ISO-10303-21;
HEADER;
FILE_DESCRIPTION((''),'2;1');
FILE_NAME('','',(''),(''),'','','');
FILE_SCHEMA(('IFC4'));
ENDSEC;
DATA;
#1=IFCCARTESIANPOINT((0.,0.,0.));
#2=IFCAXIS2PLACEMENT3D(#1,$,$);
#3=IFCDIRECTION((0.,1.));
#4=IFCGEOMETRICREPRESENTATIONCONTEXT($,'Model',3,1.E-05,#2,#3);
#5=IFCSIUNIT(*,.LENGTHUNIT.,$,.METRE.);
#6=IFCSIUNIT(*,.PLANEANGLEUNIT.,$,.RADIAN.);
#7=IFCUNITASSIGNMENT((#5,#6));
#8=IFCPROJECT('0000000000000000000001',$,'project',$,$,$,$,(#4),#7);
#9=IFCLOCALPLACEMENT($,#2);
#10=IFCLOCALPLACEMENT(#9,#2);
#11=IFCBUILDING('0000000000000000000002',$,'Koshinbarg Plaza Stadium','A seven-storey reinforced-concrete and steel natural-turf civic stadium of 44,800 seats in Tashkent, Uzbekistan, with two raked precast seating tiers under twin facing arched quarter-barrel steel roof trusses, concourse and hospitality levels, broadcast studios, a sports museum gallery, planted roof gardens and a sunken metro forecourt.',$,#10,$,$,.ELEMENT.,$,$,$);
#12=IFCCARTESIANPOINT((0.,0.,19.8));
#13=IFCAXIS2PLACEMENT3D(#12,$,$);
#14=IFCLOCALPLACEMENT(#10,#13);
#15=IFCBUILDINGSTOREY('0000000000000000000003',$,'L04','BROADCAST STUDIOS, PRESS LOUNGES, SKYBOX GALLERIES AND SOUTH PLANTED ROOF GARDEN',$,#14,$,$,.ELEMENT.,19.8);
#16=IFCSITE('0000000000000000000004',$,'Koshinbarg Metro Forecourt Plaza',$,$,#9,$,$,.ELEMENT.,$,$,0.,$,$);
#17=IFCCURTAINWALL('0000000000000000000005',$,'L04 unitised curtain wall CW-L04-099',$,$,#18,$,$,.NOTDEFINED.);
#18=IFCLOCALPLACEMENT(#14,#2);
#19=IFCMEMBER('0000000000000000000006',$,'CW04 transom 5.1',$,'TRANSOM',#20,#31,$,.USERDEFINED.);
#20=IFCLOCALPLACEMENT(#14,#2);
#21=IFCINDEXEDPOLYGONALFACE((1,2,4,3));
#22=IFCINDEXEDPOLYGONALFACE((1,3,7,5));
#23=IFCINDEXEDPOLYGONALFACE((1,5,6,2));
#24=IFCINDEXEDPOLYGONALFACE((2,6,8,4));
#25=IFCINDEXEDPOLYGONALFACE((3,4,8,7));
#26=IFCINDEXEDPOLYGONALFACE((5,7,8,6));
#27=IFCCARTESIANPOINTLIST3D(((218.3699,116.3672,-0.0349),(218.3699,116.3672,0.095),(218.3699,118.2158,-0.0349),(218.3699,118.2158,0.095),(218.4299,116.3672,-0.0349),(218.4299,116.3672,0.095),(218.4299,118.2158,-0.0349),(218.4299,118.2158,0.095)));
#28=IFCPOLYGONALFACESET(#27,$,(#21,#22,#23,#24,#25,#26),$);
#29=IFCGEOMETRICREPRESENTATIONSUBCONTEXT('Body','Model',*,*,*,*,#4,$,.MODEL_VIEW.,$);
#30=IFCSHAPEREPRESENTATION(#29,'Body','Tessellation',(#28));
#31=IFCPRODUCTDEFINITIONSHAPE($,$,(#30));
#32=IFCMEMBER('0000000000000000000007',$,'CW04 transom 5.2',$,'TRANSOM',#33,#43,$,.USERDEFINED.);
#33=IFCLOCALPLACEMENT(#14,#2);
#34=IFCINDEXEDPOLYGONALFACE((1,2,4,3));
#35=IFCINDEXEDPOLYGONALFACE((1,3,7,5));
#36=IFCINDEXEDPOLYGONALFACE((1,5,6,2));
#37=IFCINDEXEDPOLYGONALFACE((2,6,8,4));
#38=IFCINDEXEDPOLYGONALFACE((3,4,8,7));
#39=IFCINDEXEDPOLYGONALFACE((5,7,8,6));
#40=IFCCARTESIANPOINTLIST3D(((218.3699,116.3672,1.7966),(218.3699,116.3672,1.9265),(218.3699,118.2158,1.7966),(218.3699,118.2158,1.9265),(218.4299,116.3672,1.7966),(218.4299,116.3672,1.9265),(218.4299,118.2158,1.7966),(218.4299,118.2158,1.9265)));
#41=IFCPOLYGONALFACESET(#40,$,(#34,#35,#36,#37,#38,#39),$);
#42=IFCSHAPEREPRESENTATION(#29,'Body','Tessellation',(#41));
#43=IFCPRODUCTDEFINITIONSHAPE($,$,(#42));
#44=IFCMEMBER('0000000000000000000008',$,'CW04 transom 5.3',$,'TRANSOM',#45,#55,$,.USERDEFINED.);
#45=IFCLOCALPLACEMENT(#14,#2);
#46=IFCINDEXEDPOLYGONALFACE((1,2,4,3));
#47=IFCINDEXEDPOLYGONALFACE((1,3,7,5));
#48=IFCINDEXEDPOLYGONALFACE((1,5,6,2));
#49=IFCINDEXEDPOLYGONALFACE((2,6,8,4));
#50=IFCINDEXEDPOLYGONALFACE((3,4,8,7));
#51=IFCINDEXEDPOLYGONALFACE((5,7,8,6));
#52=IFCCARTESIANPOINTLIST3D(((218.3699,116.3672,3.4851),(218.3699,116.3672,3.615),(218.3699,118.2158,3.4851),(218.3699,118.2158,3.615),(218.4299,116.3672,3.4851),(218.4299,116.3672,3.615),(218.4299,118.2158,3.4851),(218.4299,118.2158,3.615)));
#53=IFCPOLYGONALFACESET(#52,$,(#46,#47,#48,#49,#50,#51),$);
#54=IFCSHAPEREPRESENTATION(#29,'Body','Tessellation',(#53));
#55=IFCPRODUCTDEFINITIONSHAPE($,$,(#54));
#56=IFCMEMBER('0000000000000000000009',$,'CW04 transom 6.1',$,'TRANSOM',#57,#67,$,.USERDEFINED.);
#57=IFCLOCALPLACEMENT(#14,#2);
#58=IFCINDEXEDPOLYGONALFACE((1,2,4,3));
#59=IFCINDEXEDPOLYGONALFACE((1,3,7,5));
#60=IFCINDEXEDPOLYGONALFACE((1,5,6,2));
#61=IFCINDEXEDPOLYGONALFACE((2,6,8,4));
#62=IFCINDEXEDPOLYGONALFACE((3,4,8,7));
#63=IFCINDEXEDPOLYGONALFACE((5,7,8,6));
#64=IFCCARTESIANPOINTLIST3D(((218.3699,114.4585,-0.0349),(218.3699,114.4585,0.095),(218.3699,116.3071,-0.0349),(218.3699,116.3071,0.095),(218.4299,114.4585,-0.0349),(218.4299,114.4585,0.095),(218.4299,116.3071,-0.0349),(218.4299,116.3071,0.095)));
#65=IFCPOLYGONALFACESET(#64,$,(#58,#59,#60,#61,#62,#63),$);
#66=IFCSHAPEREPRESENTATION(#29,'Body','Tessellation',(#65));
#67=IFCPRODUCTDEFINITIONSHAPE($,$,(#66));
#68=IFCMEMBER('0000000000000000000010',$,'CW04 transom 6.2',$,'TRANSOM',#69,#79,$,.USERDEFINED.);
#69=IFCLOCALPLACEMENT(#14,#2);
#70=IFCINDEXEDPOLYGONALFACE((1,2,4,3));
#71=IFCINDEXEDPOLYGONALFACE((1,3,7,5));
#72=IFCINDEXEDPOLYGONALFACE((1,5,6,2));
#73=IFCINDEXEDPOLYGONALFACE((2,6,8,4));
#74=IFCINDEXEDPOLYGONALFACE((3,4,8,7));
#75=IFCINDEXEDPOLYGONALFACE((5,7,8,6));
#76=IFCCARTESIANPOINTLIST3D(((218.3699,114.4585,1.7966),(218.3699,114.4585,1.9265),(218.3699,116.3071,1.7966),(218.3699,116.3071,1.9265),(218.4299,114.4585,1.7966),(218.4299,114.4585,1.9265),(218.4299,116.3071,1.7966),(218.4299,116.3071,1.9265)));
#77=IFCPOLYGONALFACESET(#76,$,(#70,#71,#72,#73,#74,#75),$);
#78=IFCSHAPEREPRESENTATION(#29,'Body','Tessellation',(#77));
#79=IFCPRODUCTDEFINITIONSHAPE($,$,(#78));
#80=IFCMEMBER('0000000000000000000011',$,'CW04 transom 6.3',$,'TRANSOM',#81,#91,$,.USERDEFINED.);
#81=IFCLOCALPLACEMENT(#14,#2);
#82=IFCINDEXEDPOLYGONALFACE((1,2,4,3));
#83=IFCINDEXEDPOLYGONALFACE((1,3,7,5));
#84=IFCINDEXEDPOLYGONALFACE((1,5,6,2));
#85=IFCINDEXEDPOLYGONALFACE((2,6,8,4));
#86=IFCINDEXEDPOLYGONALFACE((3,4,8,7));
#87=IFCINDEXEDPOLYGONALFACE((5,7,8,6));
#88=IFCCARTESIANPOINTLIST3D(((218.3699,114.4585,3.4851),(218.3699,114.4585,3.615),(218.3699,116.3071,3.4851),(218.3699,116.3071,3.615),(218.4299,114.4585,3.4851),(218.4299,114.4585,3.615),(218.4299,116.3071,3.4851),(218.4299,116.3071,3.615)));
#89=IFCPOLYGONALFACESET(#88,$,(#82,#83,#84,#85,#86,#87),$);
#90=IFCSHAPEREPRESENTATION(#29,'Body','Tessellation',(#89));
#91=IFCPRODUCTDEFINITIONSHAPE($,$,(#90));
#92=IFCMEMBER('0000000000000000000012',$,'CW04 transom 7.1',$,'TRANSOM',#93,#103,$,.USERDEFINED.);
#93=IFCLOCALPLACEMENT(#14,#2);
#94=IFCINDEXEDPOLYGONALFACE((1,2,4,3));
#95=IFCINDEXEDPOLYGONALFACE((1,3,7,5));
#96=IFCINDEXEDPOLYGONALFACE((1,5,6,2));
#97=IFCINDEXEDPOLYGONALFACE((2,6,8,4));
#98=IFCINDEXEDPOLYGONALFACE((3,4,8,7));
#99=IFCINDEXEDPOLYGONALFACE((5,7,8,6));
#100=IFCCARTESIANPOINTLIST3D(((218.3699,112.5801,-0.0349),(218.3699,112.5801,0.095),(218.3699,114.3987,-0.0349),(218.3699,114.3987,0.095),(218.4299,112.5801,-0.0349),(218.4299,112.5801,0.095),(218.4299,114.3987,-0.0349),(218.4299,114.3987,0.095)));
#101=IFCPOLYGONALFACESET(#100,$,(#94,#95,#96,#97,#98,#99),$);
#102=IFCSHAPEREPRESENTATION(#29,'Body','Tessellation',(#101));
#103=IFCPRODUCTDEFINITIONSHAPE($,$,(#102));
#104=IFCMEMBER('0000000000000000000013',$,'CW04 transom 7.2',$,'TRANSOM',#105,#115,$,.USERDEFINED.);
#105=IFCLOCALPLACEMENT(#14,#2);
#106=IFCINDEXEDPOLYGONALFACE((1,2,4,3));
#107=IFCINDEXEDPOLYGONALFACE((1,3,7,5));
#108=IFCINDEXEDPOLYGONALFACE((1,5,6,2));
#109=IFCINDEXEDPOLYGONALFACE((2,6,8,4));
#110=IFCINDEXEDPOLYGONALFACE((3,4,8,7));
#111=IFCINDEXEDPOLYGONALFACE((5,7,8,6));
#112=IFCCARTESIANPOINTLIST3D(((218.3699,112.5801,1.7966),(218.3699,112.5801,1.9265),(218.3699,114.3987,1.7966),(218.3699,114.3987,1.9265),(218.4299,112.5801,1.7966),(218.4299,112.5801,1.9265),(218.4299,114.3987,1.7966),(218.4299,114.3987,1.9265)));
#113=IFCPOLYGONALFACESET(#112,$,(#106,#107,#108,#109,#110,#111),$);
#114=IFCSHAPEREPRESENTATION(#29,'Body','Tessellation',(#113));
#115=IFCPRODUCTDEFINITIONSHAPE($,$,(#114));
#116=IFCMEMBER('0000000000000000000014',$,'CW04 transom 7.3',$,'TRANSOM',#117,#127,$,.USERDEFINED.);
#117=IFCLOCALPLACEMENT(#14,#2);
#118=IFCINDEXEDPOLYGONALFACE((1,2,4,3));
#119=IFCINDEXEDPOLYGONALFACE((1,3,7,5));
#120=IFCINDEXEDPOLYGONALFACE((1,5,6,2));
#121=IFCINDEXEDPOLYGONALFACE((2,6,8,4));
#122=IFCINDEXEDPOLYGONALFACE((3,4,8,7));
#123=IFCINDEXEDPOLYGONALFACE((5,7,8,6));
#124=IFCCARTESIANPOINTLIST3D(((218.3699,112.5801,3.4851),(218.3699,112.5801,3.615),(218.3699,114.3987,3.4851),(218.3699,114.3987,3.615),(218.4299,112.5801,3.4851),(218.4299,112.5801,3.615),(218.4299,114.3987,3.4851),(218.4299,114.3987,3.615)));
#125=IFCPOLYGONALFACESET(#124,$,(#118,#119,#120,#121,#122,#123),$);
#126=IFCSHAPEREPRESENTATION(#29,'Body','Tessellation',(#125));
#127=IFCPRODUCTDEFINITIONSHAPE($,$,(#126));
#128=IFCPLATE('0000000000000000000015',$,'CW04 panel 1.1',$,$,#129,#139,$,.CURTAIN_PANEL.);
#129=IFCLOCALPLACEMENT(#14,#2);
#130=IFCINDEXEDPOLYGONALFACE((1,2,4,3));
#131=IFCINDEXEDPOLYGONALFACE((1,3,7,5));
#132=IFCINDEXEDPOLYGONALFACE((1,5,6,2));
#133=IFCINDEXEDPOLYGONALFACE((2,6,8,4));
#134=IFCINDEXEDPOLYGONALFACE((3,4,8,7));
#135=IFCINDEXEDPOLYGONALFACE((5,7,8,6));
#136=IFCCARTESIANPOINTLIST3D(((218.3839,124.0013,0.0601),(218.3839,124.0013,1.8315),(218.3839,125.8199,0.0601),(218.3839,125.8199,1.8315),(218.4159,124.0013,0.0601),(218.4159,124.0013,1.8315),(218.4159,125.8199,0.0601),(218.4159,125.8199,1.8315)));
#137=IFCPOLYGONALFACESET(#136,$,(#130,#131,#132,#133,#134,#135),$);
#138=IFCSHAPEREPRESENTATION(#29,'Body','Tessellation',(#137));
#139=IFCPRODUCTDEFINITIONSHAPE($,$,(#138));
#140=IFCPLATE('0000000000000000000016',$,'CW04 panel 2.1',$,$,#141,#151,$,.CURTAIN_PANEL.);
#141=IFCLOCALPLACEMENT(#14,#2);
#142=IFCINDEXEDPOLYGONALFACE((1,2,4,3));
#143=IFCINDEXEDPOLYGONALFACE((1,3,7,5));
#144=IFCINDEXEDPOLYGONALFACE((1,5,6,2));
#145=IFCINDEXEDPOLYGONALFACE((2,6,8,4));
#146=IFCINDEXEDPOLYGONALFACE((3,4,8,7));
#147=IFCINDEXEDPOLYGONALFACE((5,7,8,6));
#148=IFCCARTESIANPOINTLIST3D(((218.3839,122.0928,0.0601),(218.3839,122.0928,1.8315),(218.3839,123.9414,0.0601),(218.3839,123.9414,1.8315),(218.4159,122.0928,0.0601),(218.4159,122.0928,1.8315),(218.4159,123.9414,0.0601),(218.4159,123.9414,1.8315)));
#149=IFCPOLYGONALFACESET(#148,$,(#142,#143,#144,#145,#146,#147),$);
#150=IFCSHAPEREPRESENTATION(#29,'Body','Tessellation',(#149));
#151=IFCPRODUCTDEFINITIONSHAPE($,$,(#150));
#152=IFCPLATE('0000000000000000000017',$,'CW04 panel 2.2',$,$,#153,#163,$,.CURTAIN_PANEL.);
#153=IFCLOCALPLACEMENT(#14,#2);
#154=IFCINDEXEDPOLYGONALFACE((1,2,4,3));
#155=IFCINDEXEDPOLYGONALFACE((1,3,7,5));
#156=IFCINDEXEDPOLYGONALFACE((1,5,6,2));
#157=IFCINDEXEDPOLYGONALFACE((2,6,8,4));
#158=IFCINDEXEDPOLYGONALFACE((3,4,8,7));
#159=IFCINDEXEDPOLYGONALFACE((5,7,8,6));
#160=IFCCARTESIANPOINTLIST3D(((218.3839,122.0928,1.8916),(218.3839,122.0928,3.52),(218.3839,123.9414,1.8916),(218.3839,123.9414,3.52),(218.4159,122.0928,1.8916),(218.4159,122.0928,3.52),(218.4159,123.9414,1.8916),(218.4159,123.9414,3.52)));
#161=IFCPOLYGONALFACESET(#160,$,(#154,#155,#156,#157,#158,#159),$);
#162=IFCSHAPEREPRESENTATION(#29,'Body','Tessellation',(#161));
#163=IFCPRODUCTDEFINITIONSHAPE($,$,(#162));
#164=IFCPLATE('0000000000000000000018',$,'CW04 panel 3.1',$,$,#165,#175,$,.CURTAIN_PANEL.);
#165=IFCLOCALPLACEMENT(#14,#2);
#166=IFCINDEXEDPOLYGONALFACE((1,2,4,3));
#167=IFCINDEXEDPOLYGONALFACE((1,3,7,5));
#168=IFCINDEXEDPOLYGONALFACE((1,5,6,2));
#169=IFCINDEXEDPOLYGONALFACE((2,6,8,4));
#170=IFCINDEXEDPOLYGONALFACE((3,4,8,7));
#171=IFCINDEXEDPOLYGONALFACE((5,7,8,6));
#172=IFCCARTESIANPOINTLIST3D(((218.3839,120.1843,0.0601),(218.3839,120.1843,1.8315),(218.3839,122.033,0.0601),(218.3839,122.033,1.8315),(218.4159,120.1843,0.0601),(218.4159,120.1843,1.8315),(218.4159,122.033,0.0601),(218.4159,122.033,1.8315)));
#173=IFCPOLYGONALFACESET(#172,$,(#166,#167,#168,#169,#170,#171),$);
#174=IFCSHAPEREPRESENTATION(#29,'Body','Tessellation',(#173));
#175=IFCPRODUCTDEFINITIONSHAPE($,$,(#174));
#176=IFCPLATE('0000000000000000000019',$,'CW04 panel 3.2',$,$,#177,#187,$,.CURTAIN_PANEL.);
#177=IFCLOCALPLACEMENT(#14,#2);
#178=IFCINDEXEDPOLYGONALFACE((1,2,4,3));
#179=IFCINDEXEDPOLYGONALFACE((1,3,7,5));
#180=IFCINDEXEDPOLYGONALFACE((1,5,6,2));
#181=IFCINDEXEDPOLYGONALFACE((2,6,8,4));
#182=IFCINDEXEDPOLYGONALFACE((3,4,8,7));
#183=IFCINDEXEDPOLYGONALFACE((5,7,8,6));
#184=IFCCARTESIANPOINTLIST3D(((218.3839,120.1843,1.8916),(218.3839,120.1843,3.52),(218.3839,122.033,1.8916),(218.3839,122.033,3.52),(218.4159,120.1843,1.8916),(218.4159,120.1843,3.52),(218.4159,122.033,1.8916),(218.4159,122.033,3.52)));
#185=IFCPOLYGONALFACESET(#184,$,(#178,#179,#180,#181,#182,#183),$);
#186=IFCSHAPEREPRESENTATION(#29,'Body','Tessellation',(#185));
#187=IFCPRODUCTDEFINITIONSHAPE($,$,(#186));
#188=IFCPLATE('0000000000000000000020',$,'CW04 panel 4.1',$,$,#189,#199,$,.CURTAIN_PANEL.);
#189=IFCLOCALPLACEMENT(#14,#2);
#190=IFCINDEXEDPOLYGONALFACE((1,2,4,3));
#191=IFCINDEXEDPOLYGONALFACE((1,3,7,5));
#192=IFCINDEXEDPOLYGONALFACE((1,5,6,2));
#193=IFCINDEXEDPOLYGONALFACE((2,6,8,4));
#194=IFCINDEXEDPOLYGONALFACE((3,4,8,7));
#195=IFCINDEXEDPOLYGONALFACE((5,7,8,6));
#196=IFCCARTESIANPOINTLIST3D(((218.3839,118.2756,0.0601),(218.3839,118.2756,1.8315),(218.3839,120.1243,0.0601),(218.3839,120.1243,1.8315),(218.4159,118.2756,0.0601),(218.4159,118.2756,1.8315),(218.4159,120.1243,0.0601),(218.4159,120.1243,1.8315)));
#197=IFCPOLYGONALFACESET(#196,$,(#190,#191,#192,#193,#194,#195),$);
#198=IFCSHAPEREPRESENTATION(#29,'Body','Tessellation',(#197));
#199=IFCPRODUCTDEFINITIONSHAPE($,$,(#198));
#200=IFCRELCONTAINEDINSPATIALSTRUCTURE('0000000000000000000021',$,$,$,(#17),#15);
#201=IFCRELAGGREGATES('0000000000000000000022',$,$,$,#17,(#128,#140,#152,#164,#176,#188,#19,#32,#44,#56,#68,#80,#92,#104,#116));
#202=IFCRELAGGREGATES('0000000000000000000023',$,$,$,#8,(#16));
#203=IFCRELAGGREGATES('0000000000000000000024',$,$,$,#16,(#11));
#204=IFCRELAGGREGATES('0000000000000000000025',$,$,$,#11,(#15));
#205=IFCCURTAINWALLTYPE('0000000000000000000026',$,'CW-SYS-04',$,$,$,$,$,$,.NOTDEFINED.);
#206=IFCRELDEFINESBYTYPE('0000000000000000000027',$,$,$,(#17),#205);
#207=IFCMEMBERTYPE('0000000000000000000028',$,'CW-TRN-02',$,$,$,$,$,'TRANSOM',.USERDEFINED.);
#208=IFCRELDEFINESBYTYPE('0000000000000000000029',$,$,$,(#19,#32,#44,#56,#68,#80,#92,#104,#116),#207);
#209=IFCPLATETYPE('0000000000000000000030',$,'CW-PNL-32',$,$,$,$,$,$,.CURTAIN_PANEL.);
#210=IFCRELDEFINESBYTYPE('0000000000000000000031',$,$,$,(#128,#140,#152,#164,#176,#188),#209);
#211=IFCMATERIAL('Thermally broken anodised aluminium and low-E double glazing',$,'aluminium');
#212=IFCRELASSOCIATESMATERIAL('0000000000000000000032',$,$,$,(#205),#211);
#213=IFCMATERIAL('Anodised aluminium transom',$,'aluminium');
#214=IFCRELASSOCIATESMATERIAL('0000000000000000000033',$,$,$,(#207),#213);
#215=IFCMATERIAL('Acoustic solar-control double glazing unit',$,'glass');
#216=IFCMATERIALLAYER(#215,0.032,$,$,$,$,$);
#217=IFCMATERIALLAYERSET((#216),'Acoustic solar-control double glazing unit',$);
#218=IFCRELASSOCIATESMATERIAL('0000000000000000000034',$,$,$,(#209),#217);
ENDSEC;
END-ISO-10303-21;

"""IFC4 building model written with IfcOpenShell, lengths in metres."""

from ifc_helpers import new_model, si_unit, direction, frame, origin, origin_2d, place, context, subcontext, project, spatial, rectangle, extrude, material, layer, layer_set, material_profile, profile_set, type_object, element, aggregate, save


model = new_model("IFC4")

# Units and contexts
model_context = context("Model", 3, precision=1e-05, world=origin(), true_north=direction((0.0, 1.0)))
body_context = subcontext(model_context, "Body", "Model", "MODEL_VIEW")
ifc_project = project(units=[si_unit("LENGTHUNIT", "METRE"), si_unit("PLANEANGLEUNIT", "RADIAN")], contexts=[model_context])

# Site, building, storey
site_placement = place(None, origin())
site = spatial("IfcSite", under=ifc_project, at=site_placement, Name="Koshinbarg Metro Forecourt Plaza", CompositionType="ELEMENT", RefElevation=0.0)
building_placement = place(site_placement, origin())
building = spatial("IfcBuilding", under=site, at=building_placement, Name="Koshinbarg Plaza Stadium", Description="A seven-storey reinforced-concrete and steel natural-turf civic stadium of 44,800 seats in Tashkent, Uzbekistan, with two raked precast seating tiers under twin facing arched quarter-barrel steel roof trusses, concourse and hospitality levels, broadcast studios, a sports museum gallery, planted roof gardens and a sunken metro forecourt.", CompositionType="ELEMENT")
storey_placement = place(building_placement, frame((0.0, 0.0, 19.8)))
storey = spatial("IfcBuildingStorey", under=building, at=storey_placement, Name="L04", Description="BROADCAST STUDIOS, PRESS LOUNGES, SKYBOX GALLERIES AND SOUTH PLANTED ROOF GARDEN", CompositionType="ELEMENT", Elevation=19.8)

# Curtain wall, members, plates
ifc_material_1 = material(Name="Thermally broken anodised aluminium and low-E double glazing", Category="aluminium")
curtain_wall_type = type_object("IfcCurtainWallType", Name="CW-SYS-04", PredefinedType="NOTDEFINED", material=ifc_material_1)
curtain_wall_placement = place(storey_placement, origin())
curtain_wall = element("IfcCurtainWall", 1, at=curtain_wall_placement, inside=storey, type_object=curtain_wall_type, Name="L04 unitised curtain wall CW-L04-099", PredefinedType="NOTDEFINED")
ifc_material_2 = material(Name="Anodised aluminium transom", Category="aluminium")
ifc_material_profile_1 = material_profile(ifc_material_2, rectangle(XDim=0.0601, YDim=0.1299, at=origin_2d()), Name="ALU 60x130")
ifc_profile_set_1 = profile_set([ifc_material_profile_1], Name="Anodised aluminium transom")
member_type_1 = type_object("IfcMemberType", Name="CW-TRN-02", ElementType="TRANSOM", PredefinedType="USERDEFINED", material=ifc_profile_set_1)
member_1_placement = place(storey_placement, frame((218.3999, 118.2158, 0.03), z_axis=(0.0, -1.0, 0.0), x_axis=(1.0, 0.0, 0.0)))
member_1 = element("IfcMember", 2, at=member_1_placement, type_object=member_type_1, Name="CW04 transom 5.1", ObjectType="TRANSOM", PredefinedType="USERDEFINED", context=body_context, shape_type="SweptSolid", body=[
    extrude(rectangle(XDim=0.0601, YDim=0.1299, at=origin_2d()), origin(), (0.0, 0.0, 1.0), 1.8486),
])
member_2_placement = place(storey_placement, frame((218.3999, 118.2158, 1.8616), z_axis=(0.0, -1.0, 0.0), x_axis=(1.0, 0.0, 0.0)))
member_2 = element("IfcMember", 3, at=member_2_placement, type_object=member_type_1, Name="CW04 transom 5.2", ObjectType="TRANSOM", PredefinedType="USERDEFINED", context=body_context, shape_type="SweptSolid", body=[
    extrude(rectangle(XDim=0.0601, YDim=0.1299, at=origin_2d()), origin(), (0.0, 0.0, 1.0), 1.8486),
])
member_3_placement = place(storey_placement, frame((218.3999, 118.2158, 3.55), z_axis=(0.0, -1.0, 0.0), x_axis=(1.0, 0.0, 0.0)))
member_3 = element("IfcMember", 4, at=member_3_placement, type_object=member_type_1, Name="CW04 transom 5.3", ObjectType="TRANSOM", PredefinedType="USERDEFINED", context=body_context, shape_type="SweptSolid", body=[
    extrude(rectangle(XDim=0.0601, YDim=0.1299, at=origin_2d()), origin(), (0.0, 0.0, 1.0), 1.8486),
])
member_4_placement = place(storey_placement, frame((218.3999, 116.3071, 0.03), z_axis=(0.0, -1.0, 0.0), x_axis=(1.0, 0.0, 0.0)))
member_4 = element("IfcMember", 5, at=member_4_placement, type_object=member_type_1, Name="CW04 transom 6.1", ObjectType="TRANSOM", PredefinedType="USERDEFINED", context=body_context, shape_type="SweptSolid", body=[
    extrude(rectangle(XDim=0.0601, YDim=0.1299, at=origin_2d()), origin(), (0.0, 0.0, 1.0), 1.8486),
])
member_5_placement = place(storey_placement, frame((218.3999, 116.3071, 1.8616), z_axis=(0.0, -1.0, 0.0), x_axis=(1.0, 0.0, 0.0)))
member_5 = element("IfcMember", 6, at=member_5_placement, type_object=member_type_1, Name="CW04 transom 6.2", ObjectType="TRANSOM", PredefinedType="USERDEFINED", context=body_context, shape_type="SweptSolid", body=[
    extrude(rectangle(XDim=0.0601, YDim=0.1299, at=origin_2d()), origin(), (0.0, 0.0, 1.0), 1.8486),
])
member_6_placement = place(storey_placement, frame((218.3999, 116.3071, 3.55), z_axis=(0.0, -1.0, 0.0), x_axis=(1.0, 0.0, 0.0)))
member_6 = element("IfcMember", 7, at=member_6_placement, type_object=member_type_1, Name="CW04 transom 6.3", ObjectType="TRANSOM", PredefinedType="USERDEFINED", context=body_context, shape_type="SweptSolid", body=[
    extrude(rectangle(XDim=0.0601, YDim=0.1299, at=origin_2d()), origin(), (0.0, 0.0, 1.0), 1.8486),
])
member_7_placement = place(storey_placement, frame((218.3999, 114.3987, 0.03), z_axis=(0.0, -1.0, 0.0), x_axis=(1.0, 0.0, 0.0)))
member_7 = element("IfcMember", 8, at=member_7_placement, type_object=member_type_1, Name="CW04 transom 7.1", ObjectType="TRANSOM", PredefinedType="USERDEFINED", context=body_context, shape_type="SweptSolid", body=[
    extrude(rectangle(XDim=0.0601, YDim=0.1299, at=origin_2d()), origin(), (0.0, 0.0, 1.0), 1.8186),
])
member_8_placement = place(storey_placement, frame((218.3999, 114.3987, 1.8616), z_axis=(0.0, -1.0, 0.0), x_axis=(1.0, 0.0, 0.0)))
member_8 = element("IfcMember", 9, at=member_8_placement, type_object=member_type_1, Name="CW04 transom 7.2", ObjectType="TRANSOM", PredefinedType="USERDEFINED", context=body_context, shape_type="SweptSolid", body=[
    extrude(rectangle(XDim=0.0601, YDim=0.1299, at=origin_2d()), origin(), (0.0, 0.0, 1.0), 1.8186),
])
member_9_placement = place(storey_placement, frame((218.3999, 114.3987, 3.55), z_axis=(0.0, -1.0, 0.0), x_axis=(1.0, 0.0, 0.0)))
member_9 = element("IfcMember", 10, at=member_9_placement, type_object=member_type_1, Name="CW04 transom 7.3", ObjectType="TRANSOM", PredefinedType="USERDEFINED", context=body_context, shape_type="SweptSolid", body=[
    extrude(rectangle(XDim=0.0601, YDim=0.1299, at=origin_2d()), origin(), (0.0, 0.0, 1.0), 1.8186),
])
ifc_material_3 = material(Name="Acoustic solar-control double glazing unit", Category="glass")
ifc_layer_1 = layer(ifc_material_3, 0.032)
ifc_layer_set_1 = layer_set([ifc_layer_1], Name="Acoustic solar-control double glazing unit")
plate_type_1 = type_object("IfcPlateType", Name="CW-PNL-32", PredefinedType="CURTAIN_PANEL", material=ifc_layer_set_1)
plate_1_placement = place(storey_placement, frame((218.3999, 124.9106, 0.0601), z_axis=(0.0, 0.0, 1.0), x_axis=(0.0, -1.0, 0.0)))
plate_1 = element("IfcPlate", 11, at=plate_1_placement, type_object=plate_type_1, Name="CW04 panel 1.1", PredefinedType="CURTAIN_PANEL", context=body_context, shape_type="SweptSolid", body=[
    extrude(rectangle(XDim=1.8186, YDim=0.032, at=origin_2d()), origin(), (0.0, 0.0, 1.0), 1.7715),
])
plate_2_placement = place(storey_placement, frame((218.3999, 123.0171, 0.0601), z_axis=(0.0, 0.0, 1.0), x_axis=(0.0, -1.0, 0.0)))
plate_2 = element("IfcPlate", 12, at=plate_2_placement, type_object=plate_type_1, Name="CW04 panel 2.1", PredefinedType="CURTAIN_PANEL", context=body_context, shape_type="SweptSolid", body=[
    extrude(rectangle(XDim=1.8486, YDim=0.032, at=origin_2d()), origin(), (0.0, 0.0, 1.0), 1.7715),
])
plate_3_placement = place(storey_placement, frame((218.3999, 123.0171, 1.8916), z_axis=(0.0, 0.0, 1.0), x_axis=(0.0, -1.0, 0.0)))
plate_3 = element("IfcPlate", 13, at=plate_3_placement, type_object=plate_type_1, Name="CW04 panel 2.2", PredefinedType="CURTAIN_PANEL", context=body_context, shape_type="SweptSolid", body=[
    extrude(rectangle(XDim=1.8486, YDim=0.032, at=origin_2d()), origin(), (0.0, 0.0, 1.0), 1.6284),
])
plate_4_placement = place(storey_placement, frame((218.3999, 121.1086, 0.0601), z_axis=(0.0, 0.0, 1.0), x_axis=(0.0, -1.0, 0.0)))
plate_4 = element("IfcPlate", 14, at=plate_4_placement, type_object=plate_type_1, Name="CW04 panel 3.1", PredefinedType="CURTAIN_PANEL", context=body_context, shape_type="SweptSolid", body=[
    extrude(rectangle(XDim=1.8486, YDim=0.032, at=origin_2d()), origin(), (0.0, 0.0, 1.0), 1.7715),
])
plate_5_placement = place(storey_placement, frame((218.3999, 121.1086, 1.8916), z_axis=(0.0, 0.0, 1.0), x_axis=(0.0, -1.0, 0.0)))
plate_5 = element("IfcPlate", 15, at=plate_5_placement, type_object=plate_type_1, Name="CW04 panel 3.2", PredefinedType="CURTAIN_PANEL", context=body_context, shape_type="SweptSolid", body=[
    extrude(rectangle(XDim=1.8486, YDim=0.032, at=origin_2d()), origin(), (0.0, 0.0, 1.0), 1.6284),
])
plate_6_placement = place(storey_placement, frame((218.3999, 119.2, 0.0601), z_axis=(0.0, 0.0, 1.0), x_axis=(0.0, -1.0, 0.0)))
plate_6 = element("IfcPlate", 16, at=plate_6_placement, type_object=plate_type_1, Name="CW04 panel 4.1", PredefinedType="CURTAIN_PANEL", context=body_context, shape_type="SweptSolid", body=[
    extrude(rectangle(XDim=1.8486, YDim=0.032, at=origin_2d()), origin(), (0.0, 0.0, 1.0), 1.7715),
])
aggregate(curtain_wall, [plate_1, plate_2, plate_3, plate_4, plate_5, plate_6, member_1, member_2, member_3, member_4, member_5, member_6, member_7, member_8, member_9])

save(model, "model.ifc")
